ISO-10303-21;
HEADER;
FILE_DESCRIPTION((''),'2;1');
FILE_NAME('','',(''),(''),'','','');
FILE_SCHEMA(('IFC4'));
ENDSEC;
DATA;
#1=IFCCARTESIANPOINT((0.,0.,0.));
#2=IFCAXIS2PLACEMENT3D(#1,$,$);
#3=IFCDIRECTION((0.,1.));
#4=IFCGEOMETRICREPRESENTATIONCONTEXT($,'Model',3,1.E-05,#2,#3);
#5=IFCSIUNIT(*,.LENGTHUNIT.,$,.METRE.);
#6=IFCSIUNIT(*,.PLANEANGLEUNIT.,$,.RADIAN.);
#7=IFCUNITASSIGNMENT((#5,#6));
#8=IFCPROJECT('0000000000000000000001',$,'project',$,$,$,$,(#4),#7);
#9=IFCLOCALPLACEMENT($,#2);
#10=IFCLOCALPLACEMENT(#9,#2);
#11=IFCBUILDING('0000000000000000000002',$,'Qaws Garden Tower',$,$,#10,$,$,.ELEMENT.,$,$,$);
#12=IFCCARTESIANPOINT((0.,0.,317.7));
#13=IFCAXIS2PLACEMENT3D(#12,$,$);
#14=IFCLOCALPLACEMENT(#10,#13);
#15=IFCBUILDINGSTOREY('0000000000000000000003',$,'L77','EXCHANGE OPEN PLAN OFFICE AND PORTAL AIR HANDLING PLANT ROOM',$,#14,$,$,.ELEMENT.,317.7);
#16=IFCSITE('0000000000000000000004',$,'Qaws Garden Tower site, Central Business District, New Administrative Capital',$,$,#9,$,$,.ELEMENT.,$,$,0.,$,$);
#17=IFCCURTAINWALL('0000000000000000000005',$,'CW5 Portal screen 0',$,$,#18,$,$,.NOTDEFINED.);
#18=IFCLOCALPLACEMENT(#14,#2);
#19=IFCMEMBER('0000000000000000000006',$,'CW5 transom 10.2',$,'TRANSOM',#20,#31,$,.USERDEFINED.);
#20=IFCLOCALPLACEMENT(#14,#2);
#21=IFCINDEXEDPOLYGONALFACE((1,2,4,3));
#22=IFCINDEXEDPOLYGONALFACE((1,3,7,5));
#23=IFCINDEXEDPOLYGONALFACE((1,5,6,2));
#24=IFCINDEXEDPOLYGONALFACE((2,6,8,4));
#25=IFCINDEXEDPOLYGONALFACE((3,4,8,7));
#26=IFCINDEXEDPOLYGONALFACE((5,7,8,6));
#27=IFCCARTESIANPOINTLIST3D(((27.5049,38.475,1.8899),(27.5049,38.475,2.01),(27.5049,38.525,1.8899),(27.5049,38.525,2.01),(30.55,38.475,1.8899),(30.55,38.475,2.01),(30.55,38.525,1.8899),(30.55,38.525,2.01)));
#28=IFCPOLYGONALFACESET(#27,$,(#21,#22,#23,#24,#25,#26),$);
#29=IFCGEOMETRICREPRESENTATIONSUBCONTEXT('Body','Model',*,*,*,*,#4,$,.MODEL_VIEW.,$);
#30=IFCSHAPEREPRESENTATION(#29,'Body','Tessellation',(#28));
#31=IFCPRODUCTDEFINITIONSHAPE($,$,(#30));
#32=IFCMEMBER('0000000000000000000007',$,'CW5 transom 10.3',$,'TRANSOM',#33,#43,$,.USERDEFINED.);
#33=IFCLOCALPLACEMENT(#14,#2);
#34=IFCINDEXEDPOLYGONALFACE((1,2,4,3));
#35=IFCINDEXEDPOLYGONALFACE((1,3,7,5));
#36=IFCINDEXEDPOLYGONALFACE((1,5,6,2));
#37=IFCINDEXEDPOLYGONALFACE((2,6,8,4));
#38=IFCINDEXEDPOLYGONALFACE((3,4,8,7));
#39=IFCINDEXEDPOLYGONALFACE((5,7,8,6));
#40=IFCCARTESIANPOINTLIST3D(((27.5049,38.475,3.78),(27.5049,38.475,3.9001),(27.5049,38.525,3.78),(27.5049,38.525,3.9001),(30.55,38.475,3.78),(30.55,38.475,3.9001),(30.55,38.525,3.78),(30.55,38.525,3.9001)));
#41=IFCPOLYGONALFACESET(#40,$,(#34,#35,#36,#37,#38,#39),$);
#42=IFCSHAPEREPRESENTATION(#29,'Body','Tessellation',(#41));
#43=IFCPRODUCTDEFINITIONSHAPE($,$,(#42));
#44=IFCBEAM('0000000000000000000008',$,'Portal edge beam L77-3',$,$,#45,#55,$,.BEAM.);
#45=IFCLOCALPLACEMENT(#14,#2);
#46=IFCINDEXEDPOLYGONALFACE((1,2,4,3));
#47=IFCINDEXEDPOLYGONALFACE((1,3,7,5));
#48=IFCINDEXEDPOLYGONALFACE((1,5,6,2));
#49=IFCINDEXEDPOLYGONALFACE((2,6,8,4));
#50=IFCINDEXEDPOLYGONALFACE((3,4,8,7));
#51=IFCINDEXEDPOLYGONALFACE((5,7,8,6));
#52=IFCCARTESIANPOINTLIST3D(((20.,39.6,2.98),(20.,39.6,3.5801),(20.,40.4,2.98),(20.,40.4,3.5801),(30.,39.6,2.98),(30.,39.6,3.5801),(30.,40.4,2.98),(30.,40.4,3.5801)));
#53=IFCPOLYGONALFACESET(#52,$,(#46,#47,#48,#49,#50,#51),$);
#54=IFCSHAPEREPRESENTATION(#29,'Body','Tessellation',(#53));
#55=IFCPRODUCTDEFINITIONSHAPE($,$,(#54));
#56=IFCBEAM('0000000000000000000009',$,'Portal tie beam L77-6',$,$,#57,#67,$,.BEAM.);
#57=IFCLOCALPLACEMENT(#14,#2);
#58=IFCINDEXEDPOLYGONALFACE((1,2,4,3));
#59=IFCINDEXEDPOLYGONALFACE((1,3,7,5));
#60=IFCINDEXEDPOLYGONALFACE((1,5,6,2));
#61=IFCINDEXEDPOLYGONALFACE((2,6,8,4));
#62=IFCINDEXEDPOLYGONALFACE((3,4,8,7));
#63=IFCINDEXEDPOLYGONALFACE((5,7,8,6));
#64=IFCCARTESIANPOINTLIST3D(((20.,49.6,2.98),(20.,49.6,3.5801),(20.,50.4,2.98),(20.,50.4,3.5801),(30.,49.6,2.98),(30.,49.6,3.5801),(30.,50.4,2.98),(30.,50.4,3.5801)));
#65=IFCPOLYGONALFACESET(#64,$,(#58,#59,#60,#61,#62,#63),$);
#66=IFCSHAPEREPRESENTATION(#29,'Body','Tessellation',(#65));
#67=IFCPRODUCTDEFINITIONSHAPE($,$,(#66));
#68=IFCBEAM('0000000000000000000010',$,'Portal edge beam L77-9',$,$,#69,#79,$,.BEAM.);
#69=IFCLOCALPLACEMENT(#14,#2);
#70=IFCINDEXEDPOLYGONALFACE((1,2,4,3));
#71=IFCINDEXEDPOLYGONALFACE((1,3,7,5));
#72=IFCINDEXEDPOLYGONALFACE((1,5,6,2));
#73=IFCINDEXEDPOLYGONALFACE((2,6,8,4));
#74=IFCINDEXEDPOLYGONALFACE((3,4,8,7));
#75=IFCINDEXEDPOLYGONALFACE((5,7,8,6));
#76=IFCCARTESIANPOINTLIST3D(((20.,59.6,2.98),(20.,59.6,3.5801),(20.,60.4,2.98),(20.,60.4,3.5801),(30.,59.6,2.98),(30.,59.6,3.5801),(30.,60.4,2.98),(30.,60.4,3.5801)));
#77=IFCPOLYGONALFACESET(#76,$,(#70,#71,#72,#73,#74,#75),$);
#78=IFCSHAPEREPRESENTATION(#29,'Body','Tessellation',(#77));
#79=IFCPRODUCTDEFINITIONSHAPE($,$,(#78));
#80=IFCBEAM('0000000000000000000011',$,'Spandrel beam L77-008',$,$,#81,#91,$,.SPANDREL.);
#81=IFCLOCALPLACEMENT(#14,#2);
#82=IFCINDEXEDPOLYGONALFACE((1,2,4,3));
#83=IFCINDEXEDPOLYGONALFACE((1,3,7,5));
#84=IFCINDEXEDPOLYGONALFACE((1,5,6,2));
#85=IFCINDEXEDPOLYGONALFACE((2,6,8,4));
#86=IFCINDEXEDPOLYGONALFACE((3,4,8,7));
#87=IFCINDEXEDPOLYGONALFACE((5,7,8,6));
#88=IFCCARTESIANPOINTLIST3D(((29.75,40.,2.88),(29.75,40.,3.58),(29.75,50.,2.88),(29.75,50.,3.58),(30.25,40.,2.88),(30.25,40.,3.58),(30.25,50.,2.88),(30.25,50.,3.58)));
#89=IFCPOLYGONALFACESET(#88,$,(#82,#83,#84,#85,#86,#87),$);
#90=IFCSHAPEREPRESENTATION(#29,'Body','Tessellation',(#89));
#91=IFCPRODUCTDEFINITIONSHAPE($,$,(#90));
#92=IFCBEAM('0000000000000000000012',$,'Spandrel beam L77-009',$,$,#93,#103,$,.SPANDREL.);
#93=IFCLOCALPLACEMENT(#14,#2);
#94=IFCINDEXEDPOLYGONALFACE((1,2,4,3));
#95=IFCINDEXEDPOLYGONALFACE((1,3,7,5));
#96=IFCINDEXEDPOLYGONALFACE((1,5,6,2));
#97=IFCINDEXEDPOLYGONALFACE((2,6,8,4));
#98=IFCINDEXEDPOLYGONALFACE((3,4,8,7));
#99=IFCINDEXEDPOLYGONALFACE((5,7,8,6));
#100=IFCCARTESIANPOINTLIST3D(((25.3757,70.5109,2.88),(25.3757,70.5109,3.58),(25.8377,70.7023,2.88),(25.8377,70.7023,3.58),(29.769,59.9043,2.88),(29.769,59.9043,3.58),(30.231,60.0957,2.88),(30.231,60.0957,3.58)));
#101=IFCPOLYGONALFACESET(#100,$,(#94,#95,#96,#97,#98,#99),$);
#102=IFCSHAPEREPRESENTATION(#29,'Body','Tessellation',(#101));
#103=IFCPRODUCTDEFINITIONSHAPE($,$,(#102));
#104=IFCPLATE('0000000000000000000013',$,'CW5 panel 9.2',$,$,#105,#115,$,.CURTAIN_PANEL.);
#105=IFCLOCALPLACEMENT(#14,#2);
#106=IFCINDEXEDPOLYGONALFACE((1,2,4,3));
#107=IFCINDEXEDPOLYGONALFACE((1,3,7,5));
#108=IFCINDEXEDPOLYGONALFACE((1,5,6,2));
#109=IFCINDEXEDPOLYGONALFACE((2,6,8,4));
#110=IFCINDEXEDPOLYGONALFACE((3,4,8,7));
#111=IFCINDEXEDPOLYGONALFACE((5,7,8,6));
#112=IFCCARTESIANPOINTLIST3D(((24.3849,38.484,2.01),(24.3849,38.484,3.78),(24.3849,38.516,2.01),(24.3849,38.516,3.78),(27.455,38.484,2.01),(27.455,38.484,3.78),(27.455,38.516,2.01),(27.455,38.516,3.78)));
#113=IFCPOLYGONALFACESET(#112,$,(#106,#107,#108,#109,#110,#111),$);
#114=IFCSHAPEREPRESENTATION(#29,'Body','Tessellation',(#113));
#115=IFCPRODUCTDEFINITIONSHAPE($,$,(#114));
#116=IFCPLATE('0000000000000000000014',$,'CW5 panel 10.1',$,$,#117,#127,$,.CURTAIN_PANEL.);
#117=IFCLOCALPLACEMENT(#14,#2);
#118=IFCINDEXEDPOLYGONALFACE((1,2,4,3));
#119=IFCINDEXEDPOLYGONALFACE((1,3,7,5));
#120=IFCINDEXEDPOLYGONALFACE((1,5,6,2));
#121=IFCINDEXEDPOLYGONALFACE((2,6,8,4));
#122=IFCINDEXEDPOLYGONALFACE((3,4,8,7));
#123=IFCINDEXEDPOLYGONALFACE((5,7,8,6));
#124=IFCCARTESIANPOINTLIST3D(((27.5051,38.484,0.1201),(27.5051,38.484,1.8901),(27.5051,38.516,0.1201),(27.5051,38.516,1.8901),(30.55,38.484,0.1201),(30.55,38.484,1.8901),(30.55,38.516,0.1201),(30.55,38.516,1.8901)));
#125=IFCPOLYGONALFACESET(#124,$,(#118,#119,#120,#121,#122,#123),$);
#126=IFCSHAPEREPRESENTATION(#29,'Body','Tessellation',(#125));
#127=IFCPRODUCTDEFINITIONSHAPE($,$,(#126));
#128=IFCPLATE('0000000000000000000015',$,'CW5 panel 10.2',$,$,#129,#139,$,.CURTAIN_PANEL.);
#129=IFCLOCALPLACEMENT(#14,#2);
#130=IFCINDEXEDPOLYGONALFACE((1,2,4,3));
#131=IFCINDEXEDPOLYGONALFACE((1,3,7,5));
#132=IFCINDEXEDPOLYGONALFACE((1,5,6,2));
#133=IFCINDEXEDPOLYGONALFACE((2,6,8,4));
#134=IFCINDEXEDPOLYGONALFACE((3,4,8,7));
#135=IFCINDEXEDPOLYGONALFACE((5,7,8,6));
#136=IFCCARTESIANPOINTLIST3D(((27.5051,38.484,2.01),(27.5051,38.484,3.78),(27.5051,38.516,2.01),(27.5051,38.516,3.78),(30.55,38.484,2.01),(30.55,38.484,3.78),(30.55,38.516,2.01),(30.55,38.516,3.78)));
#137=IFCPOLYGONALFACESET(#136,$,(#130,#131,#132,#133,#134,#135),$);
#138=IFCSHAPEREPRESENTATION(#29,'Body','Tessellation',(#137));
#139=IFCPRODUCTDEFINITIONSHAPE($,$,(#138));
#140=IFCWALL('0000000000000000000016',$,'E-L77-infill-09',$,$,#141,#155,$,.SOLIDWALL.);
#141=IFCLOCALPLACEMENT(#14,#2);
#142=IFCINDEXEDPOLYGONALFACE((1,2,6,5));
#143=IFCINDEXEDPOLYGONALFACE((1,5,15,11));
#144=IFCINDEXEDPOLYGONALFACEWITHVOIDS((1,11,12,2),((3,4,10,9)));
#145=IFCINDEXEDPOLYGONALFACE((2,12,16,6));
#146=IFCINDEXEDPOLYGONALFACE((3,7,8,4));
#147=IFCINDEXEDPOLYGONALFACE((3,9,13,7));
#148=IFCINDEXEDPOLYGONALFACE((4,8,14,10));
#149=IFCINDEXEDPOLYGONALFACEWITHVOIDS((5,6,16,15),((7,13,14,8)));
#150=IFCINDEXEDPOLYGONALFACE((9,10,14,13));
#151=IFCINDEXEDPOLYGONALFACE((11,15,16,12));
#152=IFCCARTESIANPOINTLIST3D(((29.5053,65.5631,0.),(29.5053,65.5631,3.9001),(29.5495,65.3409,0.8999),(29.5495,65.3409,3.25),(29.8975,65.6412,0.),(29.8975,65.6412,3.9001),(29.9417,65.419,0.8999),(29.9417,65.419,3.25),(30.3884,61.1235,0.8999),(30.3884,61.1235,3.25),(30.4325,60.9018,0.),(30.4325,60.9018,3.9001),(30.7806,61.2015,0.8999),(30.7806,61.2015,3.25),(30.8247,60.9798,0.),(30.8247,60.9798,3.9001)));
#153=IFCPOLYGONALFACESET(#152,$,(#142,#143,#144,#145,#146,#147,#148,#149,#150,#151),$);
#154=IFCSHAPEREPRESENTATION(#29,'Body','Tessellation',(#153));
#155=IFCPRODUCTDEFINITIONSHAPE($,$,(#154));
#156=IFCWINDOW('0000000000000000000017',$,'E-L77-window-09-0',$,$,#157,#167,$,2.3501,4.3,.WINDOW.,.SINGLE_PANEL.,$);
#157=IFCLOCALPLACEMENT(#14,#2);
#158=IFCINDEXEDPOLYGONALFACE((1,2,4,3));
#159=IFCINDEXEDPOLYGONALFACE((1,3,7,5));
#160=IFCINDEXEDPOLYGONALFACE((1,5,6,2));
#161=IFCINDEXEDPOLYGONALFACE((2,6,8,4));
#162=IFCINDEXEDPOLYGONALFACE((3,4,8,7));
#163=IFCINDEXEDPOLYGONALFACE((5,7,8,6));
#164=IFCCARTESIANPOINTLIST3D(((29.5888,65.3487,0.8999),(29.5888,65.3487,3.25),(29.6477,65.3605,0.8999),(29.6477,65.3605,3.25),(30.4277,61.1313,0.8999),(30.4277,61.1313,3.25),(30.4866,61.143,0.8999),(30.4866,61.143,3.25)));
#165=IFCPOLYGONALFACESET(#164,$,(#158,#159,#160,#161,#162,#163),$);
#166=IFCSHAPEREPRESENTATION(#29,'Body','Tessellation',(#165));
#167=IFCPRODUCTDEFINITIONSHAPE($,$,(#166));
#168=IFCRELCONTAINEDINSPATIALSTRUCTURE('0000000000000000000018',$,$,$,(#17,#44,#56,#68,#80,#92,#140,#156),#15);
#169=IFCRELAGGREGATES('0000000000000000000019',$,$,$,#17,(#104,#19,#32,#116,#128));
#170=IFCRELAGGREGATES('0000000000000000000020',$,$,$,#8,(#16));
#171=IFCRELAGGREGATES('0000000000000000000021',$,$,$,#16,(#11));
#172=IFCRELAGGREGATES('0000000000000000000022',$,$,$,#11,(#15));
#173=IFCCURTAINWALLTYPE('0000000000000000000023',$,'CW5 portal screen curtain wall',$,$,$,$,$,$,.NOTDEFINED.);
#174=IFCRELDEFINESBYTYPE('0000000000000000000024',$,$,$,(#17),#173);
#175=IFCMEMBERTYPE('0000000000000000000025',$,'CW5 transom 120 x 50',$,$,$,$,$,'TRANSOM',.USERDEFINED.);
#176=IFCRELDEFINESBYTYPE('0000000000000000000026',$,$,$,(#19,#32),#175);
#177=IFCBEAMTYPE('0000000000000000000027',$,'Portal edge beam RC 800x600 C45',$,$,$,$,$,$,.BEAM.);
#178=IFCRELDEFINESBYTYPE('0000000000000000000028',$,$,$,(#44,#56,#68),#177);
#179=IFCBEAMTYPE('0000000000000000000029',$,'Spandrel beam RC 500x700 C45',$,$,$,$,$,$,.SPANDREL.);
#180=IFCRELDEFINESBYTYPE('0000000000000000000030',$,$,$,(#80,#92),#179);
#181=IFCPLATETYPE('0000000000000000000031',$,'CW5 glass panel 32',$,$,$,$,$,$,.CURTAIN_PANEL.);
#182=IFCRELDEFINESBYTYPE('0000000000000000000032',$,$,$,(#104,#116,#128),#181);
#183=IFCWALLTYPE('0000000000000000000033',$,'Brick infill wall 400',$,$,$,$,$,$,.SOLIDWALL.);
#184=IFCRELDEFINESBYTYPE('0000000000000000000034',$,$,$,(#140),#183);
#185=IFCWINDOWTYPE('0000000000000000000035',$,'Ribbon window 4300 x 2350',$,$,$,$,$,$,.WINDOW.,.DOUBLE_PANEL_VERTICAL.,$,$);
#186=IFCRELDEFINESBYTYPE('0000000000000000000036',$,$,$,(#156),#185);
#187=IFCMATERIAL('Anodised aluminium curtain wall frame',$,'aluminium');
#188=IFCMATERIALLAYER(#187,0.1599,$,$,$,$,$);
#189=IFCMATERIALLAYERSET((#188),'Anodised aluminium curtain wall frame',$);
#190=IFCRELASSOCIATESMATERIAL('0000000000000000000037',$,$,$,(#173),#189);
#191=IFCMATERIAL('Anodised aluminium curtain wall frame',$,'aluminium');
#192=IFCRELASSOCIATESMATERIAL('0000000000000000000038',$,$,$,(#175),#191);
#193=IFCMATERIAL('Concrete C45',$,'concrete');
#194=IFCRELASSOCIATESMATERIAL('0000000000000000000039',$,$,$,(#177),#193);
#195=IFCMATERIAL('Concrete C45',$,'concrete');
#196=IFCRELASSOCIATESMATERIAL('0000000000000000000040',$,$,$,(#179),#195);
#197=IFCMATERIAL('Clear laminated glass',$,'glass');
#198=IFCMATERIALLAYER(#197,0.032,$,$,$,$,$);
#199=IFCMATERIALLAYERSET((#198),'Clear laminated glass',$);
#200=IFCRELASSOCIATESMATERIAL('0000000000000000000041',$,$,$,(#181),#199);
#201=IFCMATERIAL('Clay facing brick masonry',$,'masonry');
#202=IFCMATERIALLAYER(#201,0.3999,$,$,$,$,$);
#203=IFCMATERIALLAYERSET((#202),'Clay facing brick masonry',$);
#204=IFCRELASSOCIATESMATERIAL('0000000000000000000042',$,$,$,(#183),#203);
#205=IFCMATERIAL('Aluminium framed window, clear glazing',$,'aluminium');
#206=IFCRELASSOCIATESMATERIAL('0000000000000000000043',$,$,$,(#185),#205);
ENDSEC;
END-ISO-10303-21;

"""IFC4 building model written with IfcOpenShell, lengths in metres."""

from ifc_helpers import new_model, si_unit, direction, frame, frame_2d, origin, origin_2d, place, context, subcontext, project, spatial, rectangle, extrude, material, layer, layer_set, material_profile, profile_set, type_object, element, fill, aggregate, save


model = new_model("IFC4")

# Units and contexts
model_context = context("Model", 3, precision=1e-05, world=origin(), true_north=direction((0.0, 1.0)))
body_context = subcontext(model_context, "Body", "Model", "MODEL_VIEW")
ifc_project = project(units=[si_unit("LENGTHUNIT", "METRE"), si_unit("PLANEANGLEUNIT", "RADIAN")], contexts=[model_context])

# Site, building, storey
site_placement = place(None, origin())
site = spatial("IfcSite", under=ifc_project, at=site_placement, Name="Qaws Garden Tower site, Central Business District, New Administrative Capital", CompositionType="ELEMENT", RefElevation=0.0)
building_placement = place(site_placement, origin())
building = spatial("IfcBuilding", under=site, at=building_placement, Name="Qaws Garden Tower", CompositionType="ELEMENT")
storey_placement = place(building_placement, frame((0.0, 0.0, 317.7)))
storey = spatial("IfcBuildingStorey", under=building, at=storey_placement, Name="L77", Description="EXCHANGE OPEN PLAN OFFICE AND PORTAL AIR HANDLING PLANT ROOM", CompositionType="ELEMENT", Elevation=317.7)

# Curtain wall, members
ifc_material_1 = material(Name="Anodised aluminium curtain wall frame", Category="aluminium")
ifc_layer_1 = layer(ifc_material_1, 0.1599)
ifc_layer_set_1 = layer_set([ifc_layer_1], Name="Anodised aluminium curtain wall frame")
curtain_wall_type = type_object("IfcCurtainWallType", Name="CW5 portal screen curtain wall", PredefinedType="NOTDEFINED", material=ifc_layer_set_1)
curtain_wall_placement = place(storey_placement, origin())
curtain_wall = element("IfcCurtainWall", 1, at=curtain_wall_placement, inside=storey, type_object=curtain_wall_type, Name="CW5 Portal screen 0", PredefinedType="NOTDEFINED")
ifc_material_2 = material(Name="Anodised aluminium curtain wall frame", Category="aluminium")
ifc_material_profile_1 = material_profile(ifc_material_2, rectangle(XDim=0.05, YDim=0.1201, at=origin_2d()), Name="AL 50x120")
ifc_profile_set_1 = profile_set([ifc_material_profile_1], Name="Anodised aluminium curtain wall frame")
member_type_1 = type_object("IfcMemberType", Name="CW5 transom 120 x 50", ElementType="TRANSOM", PredefinedType="USERDEFINED", material=ifc_profile_set_1)
member_1_placement = place(storey_placement, frame((27.5049, 38.5, 1.95), z_axis=(1.0, 0.0, 0.0), x_axis=(0.0, 1.0, 0.0)))
member_1 = element("IfcMember", 2, at=member_1_placement, type_object=member_type_1, Name="CW5 transom 10.2", ObjectType="TRANSOM", PredefinedType="USERDEFINED", context=body_context, shape_type="SweptSolid", body=[
    extrude(rectangle(XDim=0.05, YDim=0.1201, at=origin_2d()), origin(), (0.0, 0.0, 1.0), 3.0452),
])
member_2_placement = place(storey_placement, frame((27.5049, 38.5, 3.8401), z_axis=(1.0, 0.0, 0.0), x_axis=(0.0, 1.0, 0.0)))
member_2 = element("IfcMember", 3, at=member_2_placement, type_object=member_type_1, Name="CW5 transom 10.3", ObjectType="TRANSOM", PredefinedType="USERDEFINED", context=body_context, shape_type="SweptSolid", body=[
    extrude(rectangle(XDim=0.05, YDim=0.1201, at=origin_2d()), origin(), (0.0, 0.0, 1.0), 3.0452),
])

# Beams
ifc_material_3 = material(Name="Concrete C45", Category="concrete")
ifc_material_profile_2 = material_profile(ifc_material_3, rectangle(XDim=0.8, YDim=0.6001, at=origin_2d()), Name="RC 800x600")
ifc_profile_set_2 = profile_set([ifc_material_profile_2], Name="Concrete C45")
beam_type_1 = type_object("IfcBeamType", Name="Portal edge beam RC 800x600 C45", PredefinedType="BEAM", material=ifc_profile_set_2)
for number, where, z_axis, x_axis, name in (
    (4, (20.0, 40.0, 3.28), (1.0, 0.0, 0.0), (0.0, 1.0, 0.0), "Portal edge beam L77-3"),
    (5, (20.0, 50.0, 3.28), (1.0, 0.0, 0.0), (0.0, 1.0, 0.0), "Portal tie beam L77-6"),
    (6, (20.0, 60.0, 3.28), (1.0, 0.0, 0.0), (0.0, 1.0, 0.0), "Portal edge beam L77-9"),
):
    element("IfcBeam", number, at=place(storey_placement, frame(where, z_axis=z_axis, x_axis=x_axis)), inside=storey, type_object=beam_type_1, Name=name, PredefinedType="BEAM", context=body_context, shape_type="SweptSolid", body=[
        extrude(rectangle(XDim=0.8, YDim=0.6001, at=origin_2d()), origin(), (0.0, 0.0, 1.0), 10.0),
    ])
ifc_material_4 = material(Name="Concrete C45", Category="concrete")
ifc_material_profile_3 = material_profile(ifc_material_4, rectangle(XDim=0.5, YDim=0.7, at=origin_2d()), Name="RC 500x700")
ifc_profile_set_3 = profile_set([ifc_material_profile_3], Name="Concrete C45")
beam_type_2 = type_object("IfcBeamType", Name="Spandrel beam RC 500x700 C45", PredefinedType="SPANDREL", material=ifc_profile_set_3)
beam_1_placement = place(storey_placement, frame((30.0, 40.0, 3.23), z_axis=(0.0, 1.0, 0.0), x_axis=(-1.0, 0.0, 0.0)))
element("IfcBeam", 7, at=beam_1_placement, inside=storey, type_object=beam_type_2, Name="Spandrel beam L77-008", PredefinedType="SPANDREL", context=body_context, shape_type="SweptSolid", body=[
    extrude(rectangle(XDim=0.5, YDim=0.7, at=origin_2d()), origin(), (0.0, 0.0, 1.0), 10.0),
])
beam_2_placement = place(storey_placement, frame((30.0, 60.0, 3.23), z_axis=(-0.382674, 0.923883, 0.0), x_axis=(-0.923883, -0.382674, 0.0)))
element("IfcBeam", 8, at=beam_2_placement, inside=storey, type_object=beam_type_2, Name="Spandrel beam L77-009", PredefinedType="SPANDREL", context=body_context, shape_type="SweptSolid", body=[
    extrude(rectangle(XDim=0.5, YDim=0.7, at=origin_2d()), origin(), (0.0, 0.0, 1.0), 11.4805),
])

# Plates
ifc_material_5 = material(Name="Clear laminated glass", Category="glass")
ifc_layer_2 = layer(ifc_material_5, 0.032)
ifc_layer_set_2 = layer_set([ifc_layer_2], Name="Clear laminated glass")
plate_type = type_object("IfcPlateType", Name="CW5 glass panel 32", PredefinedType="CURTAIN_PANEL", material=ifc_layer_set_2)
plate_1_placement = place(storey_placement, frame((25.9199, 38.5, 2.01), z_axis=(0.0, 0.0, 1.0), x_axis=(1.0, 0.0, 0.0)))
plate_1 = element("IfcPlate", 9, at=plate_1_placement, type_object=plate_type, Name="CW5 panel 9.2", PredefinedType="CURTAIN_PANEL", context=body_context, shape_type="SweptSolid", body=[
    extrude(rectangle(XDim=3.0701, YDim=0.032, at=origin_2d()), origin(), (0.0, 0.0, 1.0), 1.77),
])
plate_2_placement = place(storey_placement, frame((29.0276, 38.5, 0.1201), z_axis=(0.0, 0.0, 1.0), x_axis=(1.0, 0.0, 0.0)))
plate_2 = element("IfcPlate", 10, at=plate_2_placement, type_object=plate_type, Name="CW5 panel 10.1", PredefinedType="CURTAIN_PANEL", context=body_context, shape_type="SweptSolid", body=[
    extrude(rectangle(XDim=3.0449, YDim=0.032, at=origin_2d()), origin(), (0.0, 0.0, 1.0), 1.77),
])
plate_3_placement = place(storey_placement, frame((29.0276, 38.5, 2.01), z_axis=(0.0, 0.0, 1.0), x_axis=(1.0, 0.0, 0.0)))
plate_3 = element("IfcPlate", 11, at=plate_3_placement, type_object=plate_type, Name="CW5 panel 10.2", PredefinedType="CURTAIN_PANEL", context=body_context, shape_type="SweptSolid", body=[
    extrude(rectangle(XDim=3.0449, YDim=0.032, at=origin_2d()), origin(), (0.0, 0.0, 1.0), 1.77),
])
aggregate(curtain_wall, [plate_1, member_1, member_2, plate_2, plate_3])

# Wall, opening, window
ifc_material_6 = material(Name="Clay facing brick masonry", Category="masonry")
ifc_layer_3 = layer(ifc_material_6, 0.3999)
ifc_layer_set_3 = layer_set([ifc_layer_3], Name="Clay facing brick masonry")
wall_type_1 = type_object("IfcWallType", Name="Brick infill wall 400", PredefinedType="SOLIDWALL", material=ifc_layer_set_3)
wall_1_placement = place(storey_placement, frame((30.6287, 60.9407, 0.0), z_axis=(0.0, 0.0, 1.0), x_axis=(-0.195099, 0.980784, 0.0)))
wall_1 = element("IfcWall", 12, at=wall_1_placement, inside=storey, type_object=wall_type_1, Name="E-L77-infill-09", PredefinedType="SOLIDWALL", context=body_context, shape_type="SweptSolid", body=[
    extrude(rectangle(XDim=4.7527, YDim=0.3999, at=frame_2d((2.3765, 0.0))), origin(), (0.0, 0.0, 1.0), 3.9001),
])
opening_1_placement = place(wall_1_placement, frame((0.2263, 0.0, 0.8999)))
opening_1 = element("IfcOpeningElement", 13, at=opening_1_placement, cuts=wall_1, PredefinedType="OPENING", context=body_context, shape_type="SweptSolid", body=[
    extrude(rectangle(XDim=4.3, YDim=2.3501, at=frame_2d((2.1499, 1.175))), frame((0.0, 0.21, 0.0), z_axis=(0.0, -1.0, 0.0), x_axis=(1.0, 0.0, 0.0)), (0.0, 0.0, 1.0), 0.4199),
])
ifc_material_7 = material(Name="Aluminium framed window, clear glazing", Category="aluminium")
window_type = type_object("IfcWindowType", Name="Ribbon window 4300 x 2350", PartitioningType="DOUBLE_PANEL_VERTICAL", PredefinedType="WINDOW", material=ifc_material_7)
window_placement = place(opening_1_placement, origin())
window = element("IfcWindow", 14, at=window_placement, inside=storey, type_object=window_type, Name="E-L77-window-09-0", OverallHeight=2.3501, OverallWidth=4.3, PartitioningType="SINGLE_PANEL", PredefinedType="WINDOW", context=body_context, shape_type="SweptSolid", body=[
    extrude(rectangle(XDim=4.3, YDim=2.3501, at=frame_2d((2.1499, 1.175))), frame((0.0, 0.1599, 0.0), z_axis=(0.0, -1.0, 0.0), x_axis=(1.0, 0.0, 0.0)), (0.0, 0.0, 1.0), 0.0601),
])
fill(opening_1, window)

save(model, "model.ifc")
